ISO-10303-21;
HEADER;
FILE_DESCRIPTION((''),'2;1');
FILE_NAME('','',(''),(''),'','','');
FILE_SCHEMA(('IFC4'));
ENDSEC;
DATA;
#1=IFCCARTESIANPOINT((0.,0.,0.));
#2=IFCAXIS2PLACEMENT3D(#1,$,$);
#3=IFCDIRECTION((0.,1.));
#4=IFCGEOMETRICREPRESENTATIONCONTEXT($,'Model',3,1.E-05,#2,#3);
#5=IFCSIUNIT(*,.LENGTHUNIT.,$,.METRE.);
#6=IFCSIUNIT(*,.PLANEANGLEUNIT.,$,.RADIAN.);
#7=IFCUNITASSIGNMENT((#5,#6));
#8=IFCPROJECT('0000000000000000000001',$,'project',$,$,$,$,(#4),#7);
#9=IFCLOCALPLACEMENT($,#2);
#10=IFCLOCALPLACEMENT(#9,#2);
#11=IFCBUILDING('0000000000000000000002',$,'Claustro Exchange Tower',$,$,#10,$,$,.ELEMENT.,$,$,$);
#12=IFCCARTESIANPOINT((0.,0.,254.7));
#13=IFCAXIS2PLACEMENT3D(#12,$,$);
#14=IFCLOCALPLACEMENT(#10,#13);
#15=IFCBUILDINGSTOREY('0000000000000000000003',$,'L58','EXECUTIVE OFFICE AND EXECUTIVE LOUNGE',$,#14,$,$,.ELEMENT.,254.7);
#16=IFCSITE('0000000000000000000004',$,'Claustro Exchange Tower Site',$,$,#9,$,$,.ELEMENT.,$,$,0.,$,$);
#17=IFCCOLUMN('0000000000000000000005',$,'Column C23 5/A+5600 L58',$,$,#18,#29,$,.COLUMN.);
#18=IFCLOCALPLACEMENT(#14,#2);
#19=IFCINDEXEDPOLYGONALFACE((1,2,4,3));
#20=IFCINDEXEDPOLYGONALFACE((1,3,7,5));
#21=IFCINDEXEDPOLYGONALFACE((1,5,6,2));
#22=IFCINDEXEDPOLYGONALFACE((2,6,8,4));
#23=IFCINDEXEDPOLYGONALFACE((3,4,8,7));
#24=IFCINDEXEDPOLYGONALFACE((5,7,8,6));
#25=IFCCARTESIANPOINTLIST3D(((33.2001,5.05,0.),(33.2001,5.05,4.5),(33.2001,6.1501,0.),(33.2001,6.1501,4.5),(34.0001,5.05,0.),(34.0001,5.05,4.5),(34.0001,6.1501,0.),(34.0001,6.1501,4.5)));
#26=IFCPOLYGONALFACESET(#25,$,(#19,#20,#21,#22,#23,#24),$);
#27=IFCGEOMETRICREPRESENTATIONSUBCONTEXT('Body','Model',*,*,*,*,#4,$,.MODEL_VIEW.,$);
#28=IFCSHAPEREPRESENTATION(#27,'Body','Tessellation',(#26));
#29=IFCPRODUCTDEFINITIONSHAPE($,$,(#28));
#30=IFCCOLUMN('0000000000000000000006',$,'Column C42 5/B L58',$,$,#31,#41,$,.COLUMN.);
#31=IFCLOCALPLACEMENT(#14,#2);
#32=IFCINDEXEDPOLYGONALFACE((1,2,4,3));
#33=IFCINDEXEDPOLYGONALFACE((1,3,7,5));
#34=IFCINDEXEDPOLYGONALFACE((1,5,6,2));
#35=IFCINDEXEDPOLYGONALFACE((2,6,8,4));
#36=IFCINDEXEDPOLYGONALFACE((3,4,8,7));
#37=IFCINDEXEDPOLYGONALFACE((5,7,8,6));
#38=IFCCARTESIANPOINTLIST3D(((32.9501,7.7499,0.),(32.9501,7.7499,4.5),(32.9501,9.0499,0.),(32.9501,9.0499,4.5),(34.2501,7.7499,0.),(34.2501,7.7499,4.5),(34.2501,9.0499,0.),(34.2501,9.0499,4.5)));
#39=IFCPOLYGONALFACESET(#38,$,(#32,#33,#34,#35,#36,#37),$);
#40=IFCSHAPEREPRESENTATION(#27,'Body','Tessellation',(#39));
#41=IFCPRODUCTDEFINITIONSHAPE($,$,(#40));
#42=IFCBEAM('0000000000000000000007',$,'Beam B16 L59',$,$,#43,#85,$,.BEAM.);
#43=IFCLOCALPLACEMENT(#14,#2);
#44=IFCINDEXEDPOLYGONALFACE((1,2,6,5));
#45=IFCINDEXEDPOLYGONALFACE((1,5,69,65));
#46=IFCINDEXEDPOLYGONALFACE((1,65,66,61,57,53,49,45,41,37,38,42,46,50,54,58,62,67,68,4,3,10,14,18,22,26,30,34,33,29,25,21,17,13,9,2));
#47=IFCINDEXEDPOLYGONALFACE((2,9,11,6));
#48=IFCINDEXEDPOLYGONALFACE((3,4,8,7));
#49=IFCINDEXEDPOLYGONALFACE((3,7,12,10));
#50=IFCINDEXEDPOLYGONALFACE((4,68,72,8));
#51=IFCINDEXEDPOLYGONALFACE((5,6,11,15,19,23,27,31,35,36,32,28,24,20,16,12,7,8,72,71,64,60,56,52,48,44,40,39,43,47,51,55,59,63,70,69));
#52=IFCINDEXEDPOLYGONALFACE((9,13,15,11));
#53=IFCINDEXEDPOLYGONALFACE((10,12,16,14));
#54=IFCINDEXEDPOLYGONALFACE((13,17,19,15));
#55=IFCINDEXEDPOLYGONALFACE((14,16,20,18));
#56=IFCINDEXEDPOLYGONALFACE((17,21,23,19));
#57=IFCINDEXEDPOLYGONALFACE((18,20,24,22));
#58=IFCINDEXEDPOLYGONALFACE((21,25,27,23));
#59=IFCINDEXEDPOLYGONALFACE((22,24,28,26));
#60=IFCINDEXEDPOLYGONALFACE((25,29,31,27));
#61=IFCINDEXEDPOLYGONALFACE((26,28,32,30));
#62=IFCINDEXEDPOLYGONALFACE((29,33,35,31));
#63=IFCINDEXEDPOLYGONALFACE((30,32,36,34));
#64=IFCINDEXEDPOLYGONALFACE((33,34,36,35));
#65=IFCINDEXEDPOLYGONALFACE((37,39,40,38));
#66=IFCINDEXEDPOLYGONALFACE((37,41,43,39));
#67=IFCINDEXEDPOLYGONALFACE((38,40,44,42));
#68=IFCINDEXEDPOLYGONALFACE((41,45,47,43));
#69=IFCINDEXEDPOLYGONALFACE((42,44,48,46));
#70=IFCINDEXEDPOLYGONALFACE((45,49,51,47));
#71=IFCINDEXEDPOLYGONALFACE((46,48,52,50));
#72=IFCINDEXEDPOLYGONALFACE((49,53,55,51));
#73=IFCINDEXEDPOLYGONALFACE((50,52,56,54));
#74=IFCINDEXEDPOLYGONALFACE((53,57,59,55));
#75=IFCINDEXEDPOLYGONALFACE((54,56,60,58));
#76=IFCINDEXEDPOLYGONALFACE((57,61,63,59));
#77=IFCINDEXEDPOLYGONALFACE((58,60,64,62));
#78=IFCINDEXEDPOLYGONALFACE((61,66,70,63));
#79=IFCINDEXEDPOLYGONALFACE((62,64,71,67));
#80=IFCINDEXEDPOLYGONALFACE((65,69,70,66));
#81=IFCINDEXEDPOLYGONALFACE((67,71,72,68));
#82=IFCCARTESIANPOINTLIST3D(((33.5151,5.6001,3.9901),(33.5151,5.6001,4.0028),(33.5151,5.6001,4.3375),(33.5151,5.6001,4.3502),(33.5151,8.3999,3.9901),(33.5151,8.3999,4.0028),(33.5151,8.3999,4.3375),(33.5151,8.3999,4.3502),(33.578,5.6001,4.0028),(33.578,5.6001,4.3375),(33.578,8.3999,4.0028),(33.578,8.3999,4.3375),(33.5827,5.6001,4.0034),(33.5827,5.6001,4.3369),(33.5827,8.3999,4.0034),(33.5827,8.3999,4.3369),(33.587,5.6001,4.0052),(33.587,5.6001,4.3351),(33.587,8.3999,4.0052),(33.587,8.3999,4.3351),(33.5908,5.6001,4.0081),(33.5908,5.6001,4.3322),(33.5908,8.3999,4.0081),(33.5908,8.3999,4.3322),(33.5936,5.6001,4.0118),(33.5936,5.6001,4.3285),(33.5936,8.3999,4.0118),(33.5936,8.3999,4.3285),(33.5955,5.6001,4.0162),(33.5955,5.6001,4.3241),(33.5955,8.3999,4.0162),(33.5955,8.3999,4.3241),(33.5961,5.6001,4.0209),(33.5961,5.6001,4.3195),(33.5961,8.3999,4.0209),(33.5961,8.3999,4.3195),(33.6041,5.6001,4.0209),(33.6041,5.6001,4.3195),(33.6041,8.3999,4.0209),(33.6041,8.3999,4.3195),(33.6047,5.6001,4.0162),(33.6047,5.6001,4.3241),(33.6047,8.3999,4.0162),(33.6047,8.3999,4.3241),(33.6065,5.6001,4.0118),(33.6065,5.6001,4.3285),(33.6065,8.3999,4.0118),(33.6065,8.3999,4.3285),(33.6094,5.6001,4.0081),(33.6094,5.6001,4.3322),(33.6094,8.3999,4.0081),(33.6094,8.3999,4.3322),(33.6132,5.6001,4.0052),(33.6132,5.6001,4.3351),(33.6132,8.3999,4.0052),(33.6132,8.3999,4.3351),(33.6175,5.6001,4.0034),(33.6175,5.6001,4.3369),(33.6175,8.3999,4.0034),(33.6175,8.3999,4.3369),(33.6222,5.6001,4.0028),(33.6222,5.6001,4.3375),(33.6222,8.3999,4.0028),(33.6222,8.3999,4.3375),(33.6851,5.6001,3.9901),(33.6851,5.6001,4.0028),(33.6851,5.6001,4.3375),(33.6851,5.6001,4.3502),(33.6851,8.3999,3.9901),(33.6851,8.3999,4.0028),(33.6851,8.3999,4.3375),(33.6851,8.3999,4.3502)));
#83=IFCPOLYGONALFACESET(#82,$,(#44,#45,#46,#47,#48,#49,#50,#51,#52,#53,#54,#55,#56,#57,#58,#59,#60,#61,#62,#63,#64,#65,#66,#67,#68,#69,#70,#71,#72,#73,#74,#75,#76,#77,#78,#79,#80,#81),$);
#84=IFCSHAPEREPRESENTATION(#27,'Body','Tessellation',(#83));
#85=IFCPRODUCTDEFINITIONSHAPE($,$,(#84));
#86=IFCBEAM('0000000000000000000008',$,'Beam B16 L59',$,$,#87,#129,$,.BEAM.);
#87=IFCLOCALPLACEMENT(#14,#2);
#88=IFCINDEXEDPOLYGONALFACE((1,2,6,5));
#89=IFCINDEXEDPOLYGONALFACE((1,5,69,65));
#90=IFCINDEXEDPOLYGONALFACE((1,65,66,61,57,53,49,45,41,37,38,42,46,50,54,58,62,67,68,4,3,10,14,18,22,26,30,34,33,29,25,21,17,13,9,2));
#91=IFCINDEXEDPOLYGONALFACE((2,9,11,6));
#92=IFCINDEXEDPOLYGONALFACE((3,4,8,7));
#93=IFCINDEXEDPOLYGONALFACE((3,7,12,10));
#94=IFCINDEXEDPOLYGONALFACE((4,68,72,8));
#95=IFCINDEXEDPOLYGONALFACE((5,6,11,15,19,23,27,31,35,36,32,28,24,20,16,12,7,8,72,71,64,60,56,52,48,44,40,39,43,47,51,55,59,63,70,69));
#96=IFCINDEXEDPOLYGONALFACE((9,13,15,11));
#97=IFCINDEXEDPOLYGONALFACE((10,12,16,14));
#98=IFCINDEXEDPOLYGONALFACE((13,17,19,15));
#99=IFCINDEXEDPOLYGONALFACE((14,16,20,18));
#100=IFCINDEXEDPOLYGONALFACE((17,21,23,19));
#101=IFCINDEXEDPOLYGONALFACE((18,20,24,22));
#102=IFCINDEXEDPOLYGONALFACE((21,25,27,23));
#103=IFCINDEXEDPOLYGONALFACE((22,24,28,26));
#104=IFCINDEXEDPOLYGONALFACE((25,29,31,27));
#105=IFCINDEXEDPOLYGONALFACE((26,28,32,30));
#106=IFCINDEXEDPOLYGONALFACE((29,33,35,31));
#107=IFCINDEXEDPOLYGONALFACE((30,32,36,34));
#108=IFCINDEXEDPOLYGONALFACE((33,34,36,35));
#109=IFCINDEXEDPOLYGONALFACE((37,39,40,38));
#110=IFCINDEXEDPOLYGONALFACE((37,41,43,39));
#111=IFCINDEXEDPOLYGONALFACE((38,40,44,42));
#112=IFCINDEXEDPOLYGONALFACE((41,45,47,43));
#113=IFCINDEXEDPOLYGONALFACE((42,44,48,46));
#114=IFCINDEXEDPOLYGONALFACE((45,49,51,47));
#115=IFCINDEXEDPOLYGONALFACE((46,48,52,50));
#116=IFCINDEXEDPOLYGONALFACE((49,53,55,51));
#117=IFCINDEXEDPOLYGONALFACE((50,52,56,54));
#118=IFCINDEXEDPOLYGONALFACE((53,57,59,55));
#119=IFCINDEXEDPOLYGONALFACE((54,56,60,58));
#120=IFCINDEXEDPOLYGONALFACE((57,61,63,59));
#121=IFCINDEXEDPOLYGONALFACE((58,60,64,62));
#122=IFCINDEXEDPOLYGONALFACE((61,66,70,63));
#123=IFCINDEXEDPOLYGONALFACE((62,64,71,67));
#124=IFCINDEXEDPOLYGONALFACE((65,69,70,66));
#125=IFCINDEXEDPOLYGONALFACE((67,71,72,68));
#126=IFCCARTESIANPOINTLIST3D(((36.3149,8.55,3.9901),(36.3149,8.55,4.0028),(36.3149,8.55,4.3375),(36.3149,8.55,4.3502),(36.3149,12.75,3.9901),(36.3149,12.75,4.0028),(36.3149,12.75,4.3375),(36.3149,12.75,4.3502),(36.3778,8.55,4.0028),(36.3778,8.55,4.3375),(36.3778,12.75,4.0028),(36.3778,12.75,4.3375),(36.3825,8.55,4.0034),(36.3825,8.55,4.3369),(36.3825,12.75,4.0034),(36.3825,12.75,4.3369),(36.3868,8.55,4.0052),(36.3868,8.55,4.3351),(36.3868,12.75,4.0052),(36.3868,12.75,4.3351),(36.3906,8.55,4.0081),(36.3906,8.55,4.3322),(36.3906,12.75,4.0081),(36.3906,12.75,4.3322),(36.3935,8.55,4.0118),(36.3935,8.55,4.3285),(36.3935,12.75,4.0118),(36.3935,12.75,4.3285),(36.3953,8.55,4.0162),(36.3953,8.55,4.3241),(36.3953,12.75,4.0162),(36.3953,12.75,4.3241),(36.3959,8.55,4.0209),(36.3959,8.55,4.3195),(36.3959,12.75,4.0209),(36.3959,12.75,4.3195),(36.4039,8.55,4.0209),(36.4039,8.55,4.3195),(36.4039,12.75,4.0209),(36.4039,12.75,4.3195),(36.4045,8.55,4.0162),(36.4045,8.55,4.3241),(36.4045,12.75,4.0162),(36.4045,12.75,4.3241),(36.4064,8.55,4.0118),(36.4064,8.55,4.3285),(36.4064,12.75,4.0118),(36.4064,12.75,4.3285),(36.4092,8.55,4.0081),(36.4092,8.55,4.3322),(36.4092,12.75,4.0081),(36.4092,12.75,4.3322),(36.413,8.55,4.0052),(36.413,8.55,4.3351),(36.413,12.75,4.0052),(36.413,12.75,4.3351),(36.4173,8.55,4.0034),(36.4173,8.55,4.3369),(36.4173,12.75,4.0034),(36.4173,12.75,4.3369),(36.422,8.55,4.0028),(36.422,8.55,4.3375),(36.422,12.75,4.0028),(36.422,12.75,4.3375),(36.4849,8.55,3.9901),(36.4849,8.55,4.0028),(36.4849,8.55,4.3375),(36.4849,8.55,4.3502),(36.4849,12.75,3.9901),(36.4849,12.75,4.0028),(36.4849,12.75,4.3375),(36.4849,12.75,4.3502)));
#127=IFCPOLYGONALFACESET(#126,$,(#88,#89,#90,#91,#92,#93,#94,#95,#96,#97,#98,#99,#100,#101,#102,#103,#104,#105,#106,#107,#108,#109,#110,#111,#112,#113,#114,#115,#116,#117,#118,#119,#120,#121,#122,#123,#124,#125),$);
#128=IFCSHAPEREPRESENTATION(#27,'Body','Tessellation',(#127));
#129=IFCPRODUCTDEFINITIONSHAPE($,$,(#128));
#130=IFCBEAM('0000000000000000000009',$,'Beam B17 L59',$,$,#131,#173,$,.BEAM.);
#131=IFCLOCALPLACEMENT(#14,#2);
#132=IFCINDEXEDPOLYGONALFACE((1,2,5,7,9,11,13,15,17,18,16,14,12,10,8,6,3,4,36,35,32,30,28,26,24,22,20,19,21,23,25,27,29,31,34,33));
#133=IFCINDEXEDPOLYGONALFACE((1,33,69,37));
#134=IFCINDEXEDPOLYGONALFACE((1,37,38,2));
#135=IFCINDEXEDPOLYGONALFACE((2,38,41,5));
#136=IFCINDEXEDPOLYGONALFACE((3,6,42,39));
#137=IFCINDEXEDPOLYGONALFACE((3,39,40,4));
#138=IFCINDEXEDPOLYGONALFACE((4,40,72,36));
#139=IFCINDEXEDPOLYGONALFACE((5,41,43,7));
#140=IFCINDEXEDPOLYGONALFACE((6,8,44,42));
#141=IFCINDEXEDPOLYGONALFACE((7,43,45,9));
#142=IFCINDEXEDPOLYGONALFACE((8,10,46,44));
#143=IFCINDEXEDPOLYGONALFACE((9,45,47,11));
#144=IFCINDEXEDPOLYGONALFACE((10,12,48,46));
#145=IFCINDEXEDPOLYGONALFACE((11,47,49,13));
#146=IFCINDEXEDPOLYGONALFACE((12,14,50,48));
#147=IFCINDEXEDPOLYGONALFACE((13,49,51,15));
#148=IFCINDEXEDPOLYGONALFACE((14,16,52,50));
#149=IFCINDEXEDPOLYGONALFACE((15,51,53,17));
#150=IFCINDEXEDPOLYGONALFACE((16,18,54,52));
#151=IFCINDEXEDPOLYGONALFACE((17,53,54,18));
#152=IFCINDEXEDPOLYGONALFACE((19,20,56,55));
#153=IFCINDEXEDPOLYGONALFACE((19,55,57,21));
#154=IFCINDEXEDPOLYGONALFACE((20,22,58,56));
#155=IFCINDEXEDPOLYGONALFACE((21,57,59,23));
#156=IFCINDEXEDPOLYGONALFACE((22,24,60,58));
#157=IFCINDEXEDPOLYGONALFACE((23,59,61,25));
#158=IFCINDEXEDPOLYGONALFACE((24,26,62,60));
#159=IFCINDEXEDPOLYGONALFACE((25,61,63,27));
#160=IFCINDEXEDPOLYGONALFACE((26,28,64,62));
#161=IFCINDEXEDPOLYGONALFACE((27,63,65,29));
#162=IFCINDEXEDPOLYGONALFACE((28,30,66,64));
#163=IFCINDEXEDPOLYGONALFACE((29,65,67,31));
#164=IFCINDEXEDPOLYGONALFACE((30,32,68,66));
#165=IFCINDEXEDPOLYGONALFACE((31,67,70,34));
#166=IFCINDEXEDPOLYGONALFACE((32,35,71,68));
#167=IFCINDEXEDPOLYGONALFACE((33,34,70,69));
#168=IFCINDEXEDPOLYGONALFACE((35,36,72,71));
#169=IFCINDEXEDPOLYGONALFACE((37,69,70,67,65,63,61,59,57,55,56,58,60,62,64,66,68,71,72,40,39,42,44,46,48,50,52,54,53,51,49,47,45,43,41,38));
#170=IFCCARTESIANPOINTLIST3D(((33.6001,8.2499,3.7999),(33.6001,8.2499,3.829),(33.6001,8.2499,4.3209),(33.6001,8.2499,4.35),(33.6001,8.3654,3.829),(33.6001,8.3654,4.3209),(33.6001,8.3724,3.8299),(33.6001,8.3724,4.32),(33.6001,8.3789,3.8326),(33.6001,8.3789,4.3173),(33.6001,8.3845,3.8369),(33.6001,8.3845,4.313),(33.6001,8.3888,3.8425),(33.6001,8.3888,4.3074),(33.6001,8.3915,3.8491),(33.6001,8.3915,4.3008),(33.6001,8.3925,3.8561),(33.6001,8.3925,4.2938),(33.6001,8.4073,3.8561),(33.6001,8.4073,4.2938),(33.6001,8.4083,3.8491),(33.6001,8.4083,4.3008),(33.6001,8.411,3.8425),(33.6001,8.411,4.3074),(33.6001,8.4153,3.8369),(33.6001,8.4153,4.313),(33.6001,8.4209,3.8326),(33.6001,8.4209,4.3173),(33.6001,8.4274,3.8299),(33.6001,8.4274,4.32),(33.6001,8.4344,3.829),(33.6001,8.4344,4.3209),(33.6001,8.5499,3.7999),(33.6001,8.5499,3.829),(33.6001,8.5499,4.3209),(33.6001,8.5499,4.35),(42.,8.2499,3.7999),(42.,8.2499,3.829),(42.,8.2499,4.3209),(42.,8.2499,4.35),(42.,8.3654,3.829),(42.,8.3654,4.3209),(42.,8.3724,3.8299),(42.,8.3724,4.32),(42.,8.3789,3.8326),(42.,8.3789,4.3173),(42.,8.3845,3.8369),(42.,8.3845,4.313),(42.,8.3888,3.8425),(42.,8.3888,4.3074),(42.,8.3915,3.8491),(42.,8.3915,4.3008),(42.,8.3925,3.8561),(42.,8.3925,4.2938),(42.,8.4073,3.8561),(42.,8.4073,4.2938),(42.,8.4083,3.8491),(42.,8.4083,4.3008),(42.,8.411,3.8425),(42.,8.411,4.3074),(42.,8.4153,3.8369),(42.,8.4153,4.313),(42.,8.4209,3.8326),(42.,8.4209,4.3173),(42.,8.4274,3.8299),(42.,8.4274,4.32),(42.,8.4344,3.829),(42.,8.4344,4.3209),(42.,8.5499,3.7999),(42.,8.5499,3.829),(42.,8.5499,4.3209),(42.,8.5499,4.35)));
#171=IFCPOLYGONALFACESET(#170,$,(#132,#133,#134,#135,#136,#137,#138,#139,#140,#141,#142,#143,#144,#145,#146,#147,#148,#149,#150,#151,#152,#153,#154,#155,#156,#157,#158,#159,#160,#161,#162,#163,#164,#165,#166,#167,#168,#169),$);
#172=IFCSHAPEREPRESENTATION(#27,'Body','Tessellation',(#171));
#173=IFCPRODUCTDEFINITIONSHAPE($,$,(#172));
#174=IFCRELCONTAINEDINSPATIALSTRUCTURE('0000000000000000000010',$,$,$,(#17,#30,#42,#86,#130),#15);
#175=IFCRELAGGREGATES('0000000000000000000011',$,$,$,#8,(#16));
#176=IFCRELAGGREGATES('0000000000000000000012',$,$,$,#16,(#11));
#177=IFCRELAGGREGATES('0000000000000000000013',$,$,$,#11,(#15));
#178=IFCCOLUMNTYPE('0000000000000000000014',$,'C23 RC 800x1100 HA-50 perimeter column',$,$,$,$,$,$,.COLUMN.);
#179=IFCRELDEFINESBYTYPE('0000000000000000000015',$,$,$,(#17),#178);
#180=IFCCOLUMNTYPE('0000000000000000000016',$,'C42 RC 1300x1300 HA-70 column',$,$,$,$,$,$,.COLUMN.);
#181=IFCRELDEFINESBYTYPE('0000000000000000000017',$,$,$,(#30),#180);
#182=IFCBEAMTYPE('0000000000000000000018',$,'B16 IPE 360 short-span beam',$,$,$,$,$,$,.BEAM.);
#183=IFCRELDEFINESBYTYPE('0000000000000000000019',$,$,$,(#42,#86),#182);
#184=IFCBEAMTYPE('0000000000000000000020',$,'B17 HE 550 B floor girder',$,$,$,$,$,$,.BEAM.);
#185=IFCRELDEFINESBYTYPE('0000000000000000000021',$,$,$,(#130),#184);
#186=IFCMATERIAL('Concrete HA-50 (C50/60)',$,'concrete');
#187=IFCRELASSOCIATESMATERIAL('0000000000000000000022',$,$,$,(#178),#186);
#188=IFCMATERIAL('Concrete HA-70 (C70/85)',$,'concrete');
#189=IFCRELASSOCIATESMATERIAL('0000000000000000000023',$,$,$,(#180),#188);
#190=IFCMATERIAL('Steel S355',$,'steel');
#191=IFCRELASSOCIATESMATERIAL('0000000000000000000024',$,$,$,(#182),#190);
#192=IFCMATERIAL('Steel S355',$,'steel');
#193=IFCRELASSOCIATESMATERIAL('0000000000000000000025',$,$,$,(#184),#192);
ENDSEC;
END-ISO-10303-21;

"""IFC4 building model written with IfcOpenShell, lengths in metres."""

from ifc_helpers import new_model, si_unit, direction, frame, origin, origin_2d, place, context, subcontext, project, spatial, rectangle, i_section, extrude, material, material_profile, profile_set, type_object, element, save


model = new_model("IFC4")

# Units and contexts
model_context = context("Model", 3, precision=1e-05, world=origin(), true_north=direction((0.0, 1.0)))
body_context = subcontext(model_context, "Body", "Model", "MODEL_VIEW")
ifc_project = project(units=[si_unit("LENGTHUNIT", "METRE"), si_unit("PLANEANGLEUNIT", "RADIAN")], contexts=[model_context])

# Site, building, storey
site_placement = place(None, origin())
site = spatial("IfcSite", under=ifc_project, at=site_placement, Name="Claustro Exchange Tower Site", CompositionType="ELEMENT", RefElevation=0.0)
building_placement = place(site_placement, origin())
building = spatial("IfcBuilding", under=site, at=building_placement, Name="Claustro Exchange Tower", CompositionType="ELEMENT")
storey_placement = place(building_placement, frame((0.0, 0.0, 254.7)))
storey = spatial("IfcBuildingStorey", under=building, at=storey_placement, Name="L58", Description="EXECUTIVE OFFICE AND EXECUTIVE LOUNGE", CompositionType="ELEMENT", Elevation=254.7)

# Columns
ifc_material_1 = material(Name="Concrete HA-50 (C50/60)", Category="concrete")
ifc_material_profile_1 = material_profile(ifc_material_1, rectangle(XDim=0.8, YDim=1.1001, at=origin_2d()), Name="RC 800x1100")
ifc_profile_set_1 = profile_set([ifc_material_profile_1], Name="Concrete HA-50 (C50/60)")
column_type_1 = type_object("IfcColumnType", Name="C23 RC 800x1100 HA-50 perimeter column", PredefinedType="COLUMN", material=ifc_profile_set_1)
column_1_placement = place(storey_placement, frame((33.6001, 5.6001, 0.0), z_axis=(0.0, 0.0, 1.0), x_axis=(1.0, 0.0, 0.0)))
element("IfcColumn", 1, at=column_1_placement, inside=storey, type_object=column_type_1, Name="Column C23 5/A+5600 L58", PredefinedType="COLUMN", context=body_context, shape_type="SweptSolid", body=[
    extrude(rectangle(XDim=0.8, YDim=1.1001, at=origin_2d()), origin(), (0.0, 0.0, 1.0), 4.5),
])
ifc_material_2 = material(Name="Concrete HA-70 (C70/85)", Category="concrete")
ifc_material_profile_2 = material_profile(ifc_material_2, rectangle(XDim=1.3, YDim=1.3, at=origin_2d()), Name="RC 1300x1300")
ifc_profile_set_2 = profile_set([ifc_material_profile_2], Name="Concrete HA-70 (C70/85)")
column_type_2 = type_object("IfcColumnType", Name="C42 RC 1300x1300 HA-70 column", PredefinedType="COLUMN", material=ifc_profile_set_2)
column_2_placement = place(storey_placement, frame((33.6001, 8.3999, 0.0), z_axis=(0.0, 0.0, 1.0), x_axis=(1.0, 0.0, 0.0)))
element("IfcColumn", 2, at=column_2_placement, inside=storey, type_object=column_type_2, Name="Column C42 5/B L58", PredefinedType="COLUMN", context=body_context, shape_type="SweptSolid", body=[
    extrude(rectangle(XDim=1.3, YDim=1.3, at=origin_2d()), origin(), (0.0, 0.0, 1.0), 4.5),
])

# Beams
ifc_material_3 = material(Name="Steel S355", Category="steel")
ifc_material_profile_3 = material_profile(ifc_material_3, i_section(OverallWidth=0.1699, OverallDepth=0.3601, WebThickness=0.0081, FlangeThickness=0.0127, FilletRadius=0.0181, at=origin_2d()), Name="IPE 360")
ifc_profile_set_3 = profile_set([ifc_material_profile_3], Name="Steel S355")
beam_type_1 = type_object("IfcBeamType", Name="B16 IPE 360 short-span beam", PredefinedType="BEAM", material=ifc_profile_set_3)
beam_1_placement = place(storey_placement, frame((33.6001, 5.6001, 4.1702), z_axis=(0.0, 1.0, 0.0), x_axis=(-1.0, 0.0, 0.0)))
element("IfcBeam", 3, at=beam_1_placement, inside=storey, type_object=beam_type_1, Name="Beam B16 L59", PredefinedType="BEAM", context=body_context, shape_type="SweptSolid", body=[
    extrude(i_section(OverallWidth=0.1699, OverallDepth=0.3601, WebThickness=0.0081, FlangeThickness=0.0127, FilletRadius=0.0181, at=origin_2d()), origin(), (0.0, 0.0, 1.0), 2.7998),
])
beam_2_placement = place(storey_placement, frame((36.3999, 8.55, 4.1702), z_axis=(0.0, 1.0, 0.0), x_axis=(-1.0, 0.0, 0.0)))
element("IfcBeam", 4, at=beam_2_placement, inside=storey, type_object=beam_type_1, Name="Beam B16 L59", PredefinedType="BEAM", context=body_context, shape_type="SweptSolid", body=[
    extrude(i_section(OverallWidth=0.1699, OverallDepth=0.3601, WebThickness=0.0081, FlangeThickness=0.0127, FilletRadius=0.0181, at=origin_2d()), origin(), (0.0, 0.0, 1.0), 4.2),
])
ifc_material_4 = material(Name="Steel S355", Category="steel")
ifc_material_profile_4 = material_profile(ifc_material_4, i_section(OverallWidth=0.3, OverallDepth=0.55, WebThickness=0.0149, FlangeThickness=0.0291, FilletRadius=0.0271, at=origin_2d()), Name="HE 550 B")
ifc_profile_set_4 = profile_set([ifc_material_profile_4], Name="Steel S355")
beam_type_2 = type_object("IfcBeamType", Name="B17 HE 550 B floor girder", PredefinedType="BEAM", material=ifc_profile_set_4)
beam_3_placement = place(storey_placement, frame((33.6001, 8.3999, 4.075), z_axis=(1.0, 0.0, 0.0), x_axis=(0.0, 1.0, 0.0)))
element("IfcBeam", 5, at=beam_3_placement, inside=storey, type_object=beam_type_2, Name="Beam B17 L59", PredefinedType="BEAM", context=body_context, shape_type="SweptSolid", body=[
    extrude(i_section(OverallWidth=0.3, OverallDepth=0.55, WebThickness=0.0149, FlangeThickness=0.0291, FilletRadius=0.0271, at=origin_2d()), origin(), (0.0, 0.0, 1.0), 8.3999),
])

save(model, "model.ifc")
